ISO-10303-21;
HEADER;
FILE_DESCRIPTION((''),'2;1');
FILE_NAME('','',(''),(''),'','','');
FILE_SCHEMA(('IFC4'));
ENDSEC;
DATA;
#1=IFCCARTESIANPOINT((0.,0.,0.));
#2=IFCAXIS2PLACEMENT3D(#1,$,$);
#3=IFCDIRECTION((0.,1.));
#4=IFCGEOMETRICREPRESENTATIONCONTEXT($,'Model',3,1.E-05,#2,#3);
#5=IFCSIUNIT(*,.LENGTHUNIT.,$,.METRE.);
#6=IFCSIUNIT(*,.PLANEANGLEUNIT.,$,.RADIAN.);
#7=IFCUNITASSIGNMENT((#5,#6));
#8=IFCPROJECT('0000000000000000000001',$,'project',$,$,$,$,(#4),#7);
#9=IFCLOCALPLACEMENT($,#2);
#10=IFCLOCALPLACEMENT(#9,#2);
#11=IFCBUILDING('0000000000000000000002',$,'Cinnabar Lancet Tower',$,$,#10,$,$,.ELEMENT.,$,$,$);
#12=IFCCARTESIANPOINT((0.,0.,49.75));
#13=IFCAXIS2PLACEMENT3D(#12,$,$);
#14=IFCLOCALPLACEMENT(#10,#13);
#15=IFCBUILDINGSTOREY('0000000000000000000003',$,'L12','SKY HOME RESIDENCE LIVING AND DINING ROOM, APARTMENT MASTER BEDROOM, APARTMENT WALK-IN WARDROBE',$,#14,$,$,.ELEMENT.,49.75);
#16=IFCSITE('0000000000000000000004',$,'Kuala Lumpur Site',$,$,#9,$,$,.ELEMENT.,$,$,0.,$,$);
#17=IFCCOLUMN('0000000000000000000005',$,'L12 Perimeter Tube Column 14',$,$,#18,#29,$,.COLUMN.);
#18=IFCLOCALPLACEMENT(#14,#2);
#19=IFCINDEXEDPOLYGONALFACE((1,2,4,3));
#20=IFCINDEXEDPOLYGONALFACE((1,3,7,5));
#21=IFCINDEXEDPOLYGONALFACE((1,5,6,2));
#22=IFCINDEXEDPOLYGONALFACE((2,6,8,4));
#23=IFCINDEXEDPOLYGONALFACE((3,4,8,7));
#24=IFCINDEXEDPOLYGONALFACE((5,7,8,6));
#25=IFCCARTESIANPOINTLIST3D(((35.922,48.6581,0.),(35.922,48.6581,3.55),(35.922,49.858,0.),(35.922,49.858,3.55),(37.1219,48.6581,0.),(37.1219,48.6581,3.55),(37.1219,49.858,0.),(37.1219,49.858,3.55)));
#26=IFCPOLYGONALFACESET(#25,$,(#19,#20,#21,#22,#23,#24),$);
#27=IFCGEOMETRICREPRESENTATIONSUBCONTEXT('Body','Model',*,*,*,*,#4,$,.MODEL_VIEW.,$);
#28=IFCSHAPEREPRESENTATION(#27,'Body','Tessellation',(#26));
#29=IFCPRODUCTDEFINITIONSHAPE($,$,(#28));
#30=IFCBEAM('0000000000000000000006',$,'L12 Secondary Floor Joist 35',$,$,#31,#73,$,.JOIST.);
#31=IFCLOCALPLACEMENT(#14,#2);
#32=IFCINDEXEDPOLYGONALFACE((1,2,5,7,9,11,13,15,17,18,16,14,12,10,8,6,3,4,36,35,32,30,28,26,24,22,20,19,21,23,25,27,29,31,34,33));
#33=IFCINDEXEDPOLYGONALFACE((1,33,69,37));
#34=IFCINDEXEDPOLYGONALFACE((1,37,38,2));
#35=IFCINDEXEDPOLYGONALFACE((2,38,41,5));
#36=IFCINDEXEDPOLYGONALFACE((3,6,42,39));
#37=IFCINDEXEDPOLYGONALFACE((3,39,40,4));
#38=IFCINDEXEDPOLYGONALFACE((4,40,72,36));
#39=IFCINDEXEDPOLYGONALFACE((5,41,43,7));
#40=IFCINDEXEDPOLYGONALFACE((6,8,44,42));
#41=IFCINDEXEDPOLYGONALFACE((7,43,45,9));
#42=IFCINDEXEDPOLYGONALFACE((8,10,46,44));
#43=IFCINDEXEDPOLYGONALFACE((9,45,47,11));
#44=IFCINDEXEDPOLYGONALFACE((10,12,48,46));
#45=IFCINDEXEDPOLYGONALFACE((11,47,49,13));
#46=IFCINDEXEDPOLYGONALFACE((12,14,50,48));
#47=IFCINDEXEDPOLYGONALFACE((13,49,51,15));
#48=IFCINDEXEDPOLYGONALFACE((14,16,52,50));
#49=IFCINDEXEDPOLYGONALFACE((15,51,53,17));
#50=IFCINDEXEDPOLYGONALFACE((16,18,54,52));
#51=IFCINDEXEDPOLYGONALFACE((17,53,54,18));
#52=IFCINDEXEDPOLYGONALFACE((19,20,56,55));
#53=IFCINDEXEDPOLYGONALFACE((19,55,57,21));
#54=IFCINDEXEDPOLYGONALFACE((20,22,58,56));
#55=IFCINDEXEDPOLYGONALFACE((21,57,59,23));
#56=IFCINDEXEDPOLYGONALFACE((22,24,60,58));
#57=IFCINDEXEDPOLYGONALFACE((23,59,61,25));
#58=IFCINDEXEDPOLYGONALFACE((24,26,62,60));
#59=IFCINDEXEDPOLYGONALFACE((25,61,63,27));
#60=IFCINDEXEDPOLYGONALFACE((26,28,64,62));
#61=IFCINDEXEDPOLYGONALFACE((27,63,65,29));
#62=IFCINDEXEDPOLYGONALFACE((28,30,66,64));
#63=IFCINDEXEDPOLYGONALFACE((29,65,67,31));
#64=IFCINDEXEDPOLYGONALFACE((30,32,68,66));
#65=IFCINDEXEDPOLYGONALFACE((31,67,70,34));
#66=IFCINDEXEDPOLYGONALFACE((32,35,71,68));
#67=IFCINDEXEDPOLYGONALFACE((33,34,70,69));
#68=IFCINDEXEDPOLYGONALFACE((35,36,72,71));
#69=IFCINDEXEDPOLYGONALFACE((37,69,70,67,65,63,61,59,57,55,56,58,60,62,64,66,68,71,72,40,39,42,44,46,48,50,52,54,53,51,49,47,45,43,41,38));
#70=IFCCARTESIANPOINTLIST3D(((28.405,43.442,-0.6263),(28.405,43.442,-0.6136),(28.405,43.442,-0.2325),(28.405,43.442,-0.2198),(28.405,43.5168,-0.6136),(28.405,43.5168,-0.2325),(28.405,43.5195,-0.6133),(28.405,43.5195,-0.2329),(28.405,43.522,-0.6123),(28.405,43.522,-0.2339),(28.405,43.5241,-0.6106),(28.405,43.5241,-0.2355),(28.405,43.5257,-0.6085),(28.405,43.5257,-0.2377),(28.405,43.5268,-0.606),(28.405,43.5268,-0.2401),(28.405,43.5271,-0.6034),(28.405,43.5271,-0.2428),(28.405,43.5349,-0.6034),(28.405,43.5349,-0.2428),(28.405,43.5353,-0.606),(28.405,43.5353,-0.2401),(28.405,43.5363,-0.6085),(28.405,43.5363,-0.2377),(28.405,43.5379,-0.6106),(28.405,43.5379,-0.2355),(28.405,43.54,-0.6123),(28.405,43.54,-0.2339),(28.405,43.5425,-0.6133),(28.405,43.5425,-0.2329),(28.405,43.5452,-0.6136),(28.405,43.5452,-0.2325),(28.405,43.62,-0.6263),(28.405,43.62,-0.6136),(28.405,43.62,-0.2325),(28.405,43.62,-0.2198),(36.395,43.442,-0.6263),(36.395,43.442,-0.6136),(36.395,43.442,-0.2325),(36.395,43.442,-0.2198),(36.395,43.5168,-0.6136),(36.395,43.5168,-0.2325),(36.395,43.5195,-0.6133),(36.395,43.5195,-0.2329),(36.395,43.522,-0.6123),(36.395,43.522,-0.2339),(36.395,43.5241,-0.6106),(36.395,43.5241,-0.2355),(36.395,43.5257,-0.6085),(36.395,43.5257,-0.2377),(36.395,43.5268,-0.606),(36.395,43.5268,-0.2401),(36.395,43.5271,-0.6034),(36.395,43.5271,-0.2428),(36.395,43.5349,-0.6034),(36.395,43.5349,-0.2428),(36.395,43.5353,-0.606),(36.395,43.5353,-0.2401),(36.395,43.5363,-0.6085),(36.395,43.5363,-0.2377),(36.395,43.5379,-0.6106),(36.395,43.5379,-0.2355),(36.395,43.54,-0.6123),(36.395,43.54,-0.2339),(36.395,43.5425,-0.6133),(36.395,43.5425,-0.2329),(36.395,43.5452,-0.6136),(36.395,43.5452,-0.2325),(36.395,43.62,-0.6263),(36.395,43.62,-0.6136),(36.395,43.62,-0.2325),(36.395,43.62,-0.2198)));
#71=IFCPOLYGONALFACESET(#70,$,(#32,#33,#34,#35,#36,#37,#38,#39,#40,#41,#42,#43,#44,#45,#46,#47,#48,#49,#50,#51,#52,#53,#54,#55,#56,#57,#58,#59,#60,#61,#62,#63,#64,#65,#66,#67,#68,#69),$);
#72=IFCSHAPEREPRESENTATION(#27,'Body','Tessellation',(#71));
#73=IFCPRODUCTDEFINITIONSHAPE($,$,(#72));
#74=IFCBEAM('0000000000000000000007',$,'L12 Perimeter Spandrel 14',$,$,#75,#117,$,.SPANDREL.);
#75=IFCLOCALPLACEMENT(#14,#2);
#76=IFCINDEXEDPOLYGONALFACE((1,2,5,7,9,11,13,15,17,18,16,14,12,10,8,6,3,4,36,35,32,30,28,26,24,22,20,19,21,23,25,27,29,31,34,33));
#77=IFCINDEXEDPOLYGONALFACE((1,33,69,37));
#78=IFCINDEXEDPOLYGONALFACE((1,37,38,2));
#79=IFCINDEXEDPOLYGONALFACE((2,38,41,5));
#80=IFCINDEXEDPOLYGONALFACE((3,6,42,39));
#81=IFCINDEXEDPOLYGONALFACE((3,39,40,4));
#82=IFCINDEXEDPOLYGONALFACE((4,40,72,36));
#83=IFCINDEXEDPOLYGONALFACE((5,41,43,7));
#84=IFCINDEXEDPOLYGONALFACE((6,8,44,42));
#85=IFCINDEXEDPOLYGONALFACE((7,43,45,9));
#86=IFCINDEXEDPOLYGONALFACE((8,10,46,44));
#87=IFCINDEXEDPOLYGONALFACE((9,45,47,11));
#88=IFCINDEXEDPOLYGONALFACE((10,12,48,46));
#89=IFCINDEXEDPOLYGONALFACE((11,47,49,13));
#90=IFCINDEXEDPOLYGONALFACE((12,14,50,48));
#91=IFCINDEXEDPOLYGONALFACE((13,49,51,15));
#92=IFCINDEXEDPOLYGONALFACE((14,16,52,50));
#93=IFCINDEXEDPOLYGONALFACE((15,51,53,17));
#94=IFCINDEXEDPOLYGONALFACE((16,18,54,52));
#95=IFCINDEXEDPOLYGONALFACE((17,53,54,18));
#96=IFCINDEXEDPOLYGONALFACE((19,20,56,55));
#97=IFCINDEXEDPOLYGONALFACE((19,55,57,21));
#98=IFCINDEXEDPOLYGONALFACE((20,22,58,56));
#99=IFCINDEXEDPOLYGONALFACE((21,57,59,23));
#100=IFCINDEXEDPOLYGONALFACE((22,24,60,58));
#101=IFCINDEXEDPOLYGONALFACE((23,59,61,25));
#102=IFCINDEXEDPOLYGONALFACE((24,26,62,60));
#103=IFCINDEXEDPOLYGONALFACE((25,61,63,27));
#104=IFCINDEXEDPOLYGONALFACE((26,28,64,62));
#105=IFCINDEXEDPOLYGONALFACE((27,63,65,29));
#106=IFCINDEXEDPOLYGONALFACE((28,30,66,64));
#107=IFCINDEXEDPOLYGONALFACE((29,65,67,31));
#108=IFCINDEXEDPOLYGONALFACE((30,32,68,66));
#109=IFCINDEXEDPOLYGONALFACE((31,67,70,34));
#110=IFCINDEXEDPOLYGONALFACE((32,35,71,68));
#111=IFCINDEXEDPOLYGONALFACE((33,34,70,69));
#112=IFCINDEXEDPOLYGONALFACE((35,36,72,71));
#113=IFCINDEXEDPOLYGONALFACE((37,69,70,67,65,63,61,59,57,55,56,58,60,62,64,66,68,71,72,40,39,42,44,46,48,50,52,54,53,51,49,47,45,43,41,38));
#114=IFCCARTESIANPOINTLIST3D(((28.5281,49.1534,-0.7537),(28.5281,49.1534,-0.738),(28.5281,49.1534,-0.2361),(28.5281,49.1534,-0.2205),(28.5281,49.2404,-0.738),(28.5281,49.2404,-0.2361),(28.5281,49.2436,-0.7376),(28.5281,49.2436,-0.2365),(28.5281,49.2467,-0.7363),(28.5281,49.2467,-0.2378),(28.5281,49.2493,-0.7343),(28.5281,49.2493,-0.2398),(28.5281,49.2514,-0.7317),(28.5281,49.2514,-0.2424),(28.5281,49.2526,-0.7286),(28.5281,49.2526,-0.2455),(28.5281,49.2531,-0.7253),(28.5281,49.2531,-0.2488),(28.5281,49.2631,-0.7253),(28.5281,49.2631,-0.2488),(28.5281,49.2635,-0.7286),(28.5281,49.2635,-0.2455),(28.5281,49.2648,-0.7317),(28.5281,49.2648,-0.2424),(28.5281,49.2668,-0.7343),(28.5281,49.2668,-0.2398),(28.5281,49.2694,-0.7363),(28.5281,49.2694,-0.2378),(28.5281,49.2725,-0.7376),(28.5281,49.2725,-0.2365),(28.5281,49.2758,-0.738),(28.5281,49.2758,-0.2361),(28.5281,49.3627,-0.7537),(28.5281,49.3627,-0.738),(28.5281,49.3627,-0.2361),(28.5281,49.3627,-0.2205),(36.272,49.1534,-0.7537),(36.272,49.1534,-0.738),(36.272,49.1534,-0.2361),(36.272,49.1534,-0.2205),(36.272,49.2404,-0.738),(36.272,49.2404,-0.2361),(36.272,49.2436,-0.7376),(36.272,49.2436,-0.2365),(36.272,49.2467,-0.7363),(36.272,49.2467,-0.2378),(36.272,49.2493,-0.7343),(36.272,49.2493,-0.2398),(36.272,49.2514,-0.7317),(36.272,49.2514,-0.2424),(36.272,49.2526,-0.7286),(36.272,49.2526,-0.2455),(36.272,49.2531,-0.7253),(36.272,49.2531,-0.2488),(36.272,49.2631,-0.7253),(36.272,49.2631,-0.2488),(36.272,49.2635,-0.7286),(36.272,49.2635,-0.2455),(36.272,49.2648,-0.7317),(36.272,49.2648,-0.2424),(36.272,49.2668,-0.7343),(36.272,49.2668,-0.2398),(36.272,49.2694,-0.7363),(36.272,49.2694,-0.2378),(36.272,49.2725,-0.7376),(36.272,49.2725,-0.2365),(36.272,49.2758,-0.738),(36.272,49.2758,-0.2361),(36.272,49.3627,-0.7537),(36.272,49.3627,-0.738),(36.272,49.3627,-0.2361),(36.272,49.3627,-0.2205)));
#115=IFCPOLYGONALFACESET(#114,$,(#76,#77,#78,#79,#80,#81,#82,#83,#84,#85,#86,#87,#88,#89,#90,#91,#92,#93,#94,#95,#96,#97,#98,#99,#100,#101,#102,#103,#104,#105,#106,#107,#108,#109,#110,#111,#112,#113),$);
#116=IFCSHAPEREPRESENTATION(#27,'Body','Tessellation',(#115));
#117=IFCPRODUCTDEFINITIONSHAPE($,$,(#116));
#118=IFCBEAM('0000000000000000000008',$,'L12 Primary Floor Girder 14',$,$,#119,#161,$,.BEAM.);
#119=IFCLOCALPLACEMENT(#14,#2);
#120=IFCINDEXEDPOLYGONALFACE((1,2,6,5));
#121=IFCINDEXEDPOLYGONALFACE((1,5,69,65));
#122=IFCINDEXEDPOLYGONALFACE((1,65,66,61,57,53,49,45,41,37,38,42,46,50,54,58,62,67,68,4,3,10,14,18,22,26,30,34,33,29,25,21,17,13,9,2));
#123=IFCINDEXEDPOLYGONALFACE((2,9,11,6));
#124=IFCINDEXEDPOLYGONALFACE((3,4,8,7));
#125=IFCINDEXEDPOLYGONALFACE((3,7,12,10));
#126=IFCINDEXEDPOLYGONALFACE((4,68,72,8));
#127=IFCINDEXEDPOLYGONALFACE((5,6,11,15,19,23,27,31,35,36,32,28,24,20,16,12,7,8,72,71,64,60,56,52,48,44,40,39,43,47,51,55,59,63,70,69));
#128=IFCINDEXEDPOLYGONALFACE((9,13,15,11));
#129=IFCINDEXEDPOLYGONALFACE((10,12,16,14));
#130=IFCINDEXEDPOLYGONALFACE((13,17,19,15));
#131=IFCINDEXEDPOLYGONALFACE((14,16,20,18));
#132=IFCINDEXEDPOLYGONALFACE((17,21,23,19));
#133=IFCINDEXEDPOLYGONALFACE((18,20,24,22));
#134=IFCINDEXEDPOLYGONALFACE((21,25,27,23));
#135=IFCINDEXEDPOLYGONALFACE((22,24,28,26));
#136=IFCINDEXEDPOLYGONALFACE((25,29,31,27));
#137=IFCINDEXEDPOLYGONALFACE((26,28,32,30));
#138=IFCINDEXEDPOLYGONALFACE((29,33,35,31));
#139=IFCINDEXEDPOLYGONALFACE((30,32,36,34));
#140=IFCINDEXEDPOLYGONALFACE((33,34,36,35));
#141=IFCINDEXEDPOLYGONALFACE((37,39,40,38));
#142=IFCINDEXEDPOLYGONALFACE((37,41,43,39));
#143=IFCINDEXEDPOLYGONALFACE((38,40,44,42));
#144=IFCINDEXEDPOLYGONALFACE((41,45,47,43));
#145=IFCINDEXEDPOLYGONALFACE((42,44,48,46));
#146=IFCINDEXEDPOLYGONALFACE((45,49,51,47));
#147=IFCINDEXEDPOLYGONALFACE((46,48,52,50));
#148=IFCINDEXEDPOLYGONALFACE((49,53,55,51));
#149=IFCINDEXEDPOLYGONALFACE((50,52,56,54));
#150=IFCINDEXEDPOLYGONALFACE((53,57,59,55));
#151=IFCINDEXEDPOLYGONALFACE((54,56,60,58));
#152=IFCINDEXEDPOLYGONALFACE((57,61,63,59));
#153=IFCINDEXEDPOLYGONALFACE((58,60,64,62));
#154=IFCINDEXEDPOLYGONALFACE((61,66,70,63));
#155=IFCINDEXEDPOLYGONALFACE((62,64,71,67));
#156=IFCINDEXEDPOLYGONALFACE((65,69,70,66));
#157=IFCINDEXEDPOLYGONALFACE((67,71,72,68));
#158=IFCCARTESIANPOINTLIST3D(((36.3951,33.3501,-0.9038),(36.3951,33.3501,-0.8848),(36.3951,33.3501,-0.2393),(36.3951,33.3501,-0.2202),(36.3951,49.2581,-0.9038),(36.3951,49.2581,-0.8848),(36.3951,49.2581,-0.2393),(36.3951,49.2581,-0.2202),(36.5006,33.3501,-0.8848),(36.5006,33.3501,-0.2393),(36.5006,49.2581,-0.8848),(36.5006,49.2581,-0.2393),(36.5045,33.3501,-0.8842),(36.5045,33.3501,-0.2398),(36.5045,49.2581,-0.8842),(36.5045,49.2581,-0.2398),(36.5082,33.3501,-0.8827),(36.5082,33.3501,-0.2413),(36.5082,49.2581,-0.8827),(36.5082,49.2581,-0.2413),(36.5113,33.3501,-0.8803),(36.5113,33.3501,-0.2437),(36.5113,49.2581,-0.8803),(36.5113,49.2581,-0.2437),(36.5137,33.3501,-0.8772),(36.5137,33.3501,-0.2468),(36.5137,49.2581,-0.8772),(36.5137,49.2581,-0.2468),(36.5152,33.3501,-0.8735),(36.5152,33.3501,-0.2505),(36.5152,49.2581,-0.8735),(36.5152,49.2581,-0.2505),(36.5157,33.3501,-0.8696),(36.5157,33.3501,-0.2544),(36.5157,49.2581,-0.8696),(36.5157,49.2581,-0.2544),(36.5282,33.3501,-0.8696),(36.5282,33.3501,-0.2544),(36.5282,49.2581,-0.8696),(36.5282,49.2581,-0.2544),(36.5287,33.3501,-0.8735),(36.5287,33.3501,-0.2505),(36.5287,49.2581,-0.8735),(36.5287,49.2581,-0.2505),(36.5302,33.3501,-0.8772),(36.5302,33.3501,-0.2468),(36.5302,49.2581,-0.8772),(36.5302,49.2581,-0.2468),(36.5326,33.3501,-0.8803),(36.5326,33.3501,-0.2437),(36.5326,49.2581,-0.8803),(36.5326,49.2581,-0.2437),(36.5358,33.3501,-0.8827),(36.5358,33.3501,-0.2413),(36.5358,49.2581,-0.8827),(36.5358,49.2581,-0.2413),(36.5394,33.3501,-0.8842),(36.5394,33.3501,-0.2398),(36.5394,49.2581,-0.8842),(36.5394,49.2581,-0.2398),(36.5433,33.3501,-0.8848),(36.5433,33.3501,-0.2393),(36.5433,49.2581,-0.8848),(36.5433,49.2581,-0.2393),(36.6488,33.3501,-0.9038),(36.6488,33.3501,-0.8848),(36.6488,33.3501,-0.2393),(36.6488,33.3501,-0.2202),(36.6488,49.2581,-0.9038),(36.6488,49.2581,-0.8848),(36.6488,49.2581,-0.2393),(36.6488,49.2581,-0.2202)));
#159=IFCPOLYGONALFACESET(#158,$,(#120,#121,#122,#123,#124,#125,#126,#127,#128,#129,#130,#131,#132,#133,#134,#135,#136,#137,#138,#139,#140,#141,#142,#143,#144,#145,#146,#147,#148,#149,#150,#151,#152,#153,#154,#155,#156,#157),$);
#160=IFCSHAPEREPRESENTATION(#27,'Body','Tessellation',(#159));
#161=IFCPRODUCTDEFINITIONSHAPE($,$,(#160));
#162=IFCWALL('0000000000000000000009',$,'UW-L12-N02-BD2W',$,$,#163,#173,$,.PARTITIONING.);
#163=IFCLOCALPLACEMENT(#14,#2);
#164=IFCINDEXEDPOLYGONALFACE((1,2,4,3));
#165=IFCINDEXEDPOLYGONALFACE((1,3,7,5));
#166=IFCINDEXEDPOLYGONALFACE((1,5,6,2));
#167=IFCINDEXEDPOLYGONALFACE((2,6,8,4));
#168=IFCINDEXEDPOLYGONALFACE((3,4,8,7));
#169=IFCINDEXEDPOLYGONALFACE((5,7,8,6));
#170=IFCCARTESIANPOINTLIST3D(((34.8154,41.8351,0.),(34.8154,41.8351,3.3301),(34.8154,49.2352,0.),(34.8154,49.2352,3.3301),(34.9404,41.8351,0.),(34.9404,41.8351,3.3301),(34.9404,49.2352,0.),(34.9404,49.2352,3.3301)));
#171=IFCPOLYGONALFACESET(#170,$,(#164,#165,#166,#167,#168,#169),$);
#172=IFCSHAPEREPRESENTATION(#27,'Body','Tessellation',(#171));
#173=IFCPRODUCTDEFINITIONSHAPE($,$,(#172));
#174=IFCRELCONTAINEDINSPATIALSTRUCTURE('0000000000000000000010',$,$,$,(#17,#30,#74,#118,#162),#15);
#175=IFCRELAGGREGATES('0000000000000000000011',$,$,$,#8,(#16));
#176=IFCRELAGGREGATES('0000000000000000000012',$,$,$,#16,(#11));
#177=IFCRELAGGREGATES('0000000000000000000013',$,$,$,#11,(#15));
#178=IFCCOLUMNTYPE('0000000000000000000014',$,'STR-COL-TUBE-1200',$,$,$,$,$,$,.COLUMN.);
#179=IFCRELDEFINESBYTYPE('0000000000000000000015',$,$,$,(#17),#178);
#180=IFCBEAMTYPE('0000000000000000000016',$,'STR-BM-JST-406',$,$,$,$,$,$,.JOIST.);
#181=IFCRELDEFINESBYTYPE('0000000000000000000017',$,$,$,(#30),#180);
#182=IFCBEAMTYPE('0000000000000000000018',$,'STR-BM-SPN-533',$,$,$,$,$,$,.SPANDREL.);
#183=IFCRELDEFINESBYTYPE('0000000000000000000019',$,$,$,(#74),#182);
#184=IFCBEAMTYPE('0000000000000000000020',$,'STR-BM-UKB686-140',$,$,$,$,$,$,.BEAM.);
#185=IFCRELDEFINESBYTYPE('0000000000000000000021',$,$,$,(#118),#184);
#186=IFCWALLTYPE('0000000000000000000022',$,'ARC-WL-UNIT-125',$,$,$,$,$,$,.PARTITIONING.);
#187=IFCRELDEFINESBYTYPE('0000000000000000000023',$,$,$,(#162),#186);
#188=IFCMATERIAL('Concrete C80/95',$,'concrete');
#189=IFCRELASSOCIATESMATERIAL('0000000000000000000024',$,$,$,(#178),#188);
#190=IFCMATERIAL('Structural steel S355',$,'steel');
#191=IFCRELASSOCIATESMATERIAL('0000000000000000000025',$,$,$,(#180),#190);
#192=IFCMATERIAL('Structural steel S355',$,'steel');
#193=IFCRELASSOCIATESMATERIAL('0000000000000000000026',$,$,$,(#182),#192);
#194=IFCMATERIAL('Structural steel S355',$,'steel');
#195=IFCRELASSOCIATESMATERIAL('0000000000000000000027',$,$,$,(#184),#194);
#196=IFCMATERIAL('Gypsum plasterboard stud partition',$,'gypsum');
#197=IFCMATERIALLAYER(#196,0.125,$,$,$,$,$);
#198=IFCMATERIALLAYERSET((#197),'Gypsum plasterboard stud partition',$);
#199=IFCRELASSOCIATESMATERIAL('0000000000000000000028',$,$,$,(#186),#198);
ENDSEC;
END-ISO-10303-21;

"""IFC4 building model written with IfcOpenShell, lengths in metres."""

from ifc_helpers import new_model, si_unit, direction, frame, frame_2d, origin, origin_2d, place, context, subcontext, project, spatial, rectangle, i_section, extrude, material, layer, layer_set, material_profile, profile_set, type_object, element, save


model = new_model("IFC4")

# Units and contexts
model_context = context("Model", 3, precision=1e-05, world=origin(), true_north=direction((0.0, 1.0)))
body_context = subcontext(model_context, "Body", "Model", "MODEL_VIEW")
ifc_project = project(units=[si_unit("LENGTHUNIT", "METRE"), si_unit("PLANEANGLEUNIT", "RADIAN")], contexts=[model_context])

# Site, building, storey
site_placement = place(None, origin())
site = spatial("IfcSite", under=ifc_project, at=site_placement, Name="Kuala Lumpur Site", CompositionType="ELEMENT", RefElevation=0.0)
building_placement = place(site_placement, origin())
building = spatial("IfcBuilding", under=site, at=building_placement, Name="Cinnabar Lancet Tower", CompositionType="ELEMENT")
storey_placement = place(building_placement, frame((0.0, 0.0, 49.75)))
storey = spatial("IfcBuildingStorey", under=building, at=storey_placement, Name="L12", Description="SKY HOME RESIDENCE LIVING AND DINING ROOM, APARTMENT MASTER BEDROOM, APARTMENT WALK-IN WARDROBE", CompositionType="ELEMENT", Elevation=49.75)

# Column
ifc_material_1 = material(Name="Concrete C80/95", Category="concrete")
ifc_material_profile_1 = material_profile(ifc_material_1, rectangle(XDim=1.2, YDim=1.2, at=origin_2d()), Name="RC-COL 1200x1200")
ifc_profile_set_1 = profile_set([ifc_material_profile_1], Name="Concrete C80/95")
column_type = type_object("IfcColumnType", Name="STR-COL-TUBE-1200", PredefinedType="COLUMN", material=ifc_profile_set_1)
column_placement = place(storey_placement, frame((36.522, 49.2581, 0.0), z_axis=(0.0, 0.0, 1.0), x_axis=(1.0, 0.0, 0.0)))
element("IfcColumn", 1, at=column_placement, inside=storey, type_object=column_type, Name="L12 Perimeter Tube Column 14", PredefinedType="COLUMN", context=body_context, shape_type="SweptSolid", body=[
    extrude(rectangle(XDim=1.2, YDim=1.2, at=origin_2d()), origin(), (0.0, 0.0, 1.0), 3.55),
])

# Beams
ifc_material_2 = material(Name="Structural steel S355", Category="steel")
ifc_material_profile_2 = material_profile(ifc_material_2, i_section(OverallWidth=0.178, OverallDepth=0.4065, WebThickness=0.0078, FlangeThickness=0.0127, FilletRadius=0.0103, at=origin_2d()), Name="UKB 406x178x60")
ifc_profile_set_2 = profile_set([ifc_material_profile_2], Name="Structural steel S355")
beam_type_1 = type_object("IfcBeamType", Name="STR-BM-JST-406", PredefinedType="JOIST", material=ifc_profile_set_2)
beam_1_placement = place(storey_placement, frame((36.395, 43.531, -0.4231), z_axis=(-1.0, 0.0, 0.0), x_axis=(0.0, -1.0, 0.0)))
element("IfcBeam", 2, at=beam_1_placement, inside=storey, type_object=beam_type_1, Name="L12 Secondary Floor Joist 35", PredefinedType="JOIST", context=body_context, shape_type="SweptSolid", body=[
    extrude(i_section(OverallWidth=0.178, OverallDepth=0.4065, WebThickness=0.0078, FlangeThickness=0.0127, FilletRadius=0.0103, at=origin_2d()), origin(), (0.0, 0.0, 1.0), 7.99),
])
ifc_material_3 = material(Name="Structural steel S355", Category="steel")
ifc_material_profile_3 = material_profile(ifc_material_3, i_section(OverallWidth=0.2092, OverallDepth=0.5332, WebThickness=0.01, FlangeThickness=0.0156, FilletRadius=0.0127, at=origin_2d()), Name="UKB 533x210x92")
ifc_profile_set_3 = profile_set([ifc_material_profile_3], Name="Structural steel S355")
beam_type_2 = type_object("IfcBeamType", Name="STR-BM-SPN-533", PredefinedType="SPANDREL", material=ifc_profile_set_3)
beam_2_placement = place(storey_placement, frame((36.272, 49.2581, -0.4871), z_axis=(-1.0, 0.0, 0.0), x_axis=(0.0, -1.0, 0.0)))
element("IfcBeam", 3, at=beam_2_placement, inside=storey, type_object=beam_type_2, Name="L12 Perimeter Spandrel 14", PredefinedType="SPANDREL", context=body_context, shape_type="SweptSolid", body=[
    extrude(i_section(OverallWidth=0.2092, OverallDepth=0.5332, WebThickness=0.01, FlangeThickness=0.0156, FilletRadius=0.0127, at=origin_2d()), origin(), (0.0, 0.0, 1.0), 7.7439),
])
ifc_material_4 = material(Name="Structural steel S355", Category="steel")
ifc_material_profile_4 = material_profile(ifc_material_4, i_section(OverallWidth=0.2537, OverallDepth=0.6836, WebThickness=0.0125, FlangeThickness=0.019, FilletRadius=0.0151, at=origin_2d()), Name="UKB 686x254x140")
ifc_profile_set_4 = profile_set([ifc_material_profile_4], Name="Structural steel S355")
beam_type_3 = type_object("IfcBeamType", Name="STR-BM-UKB686-140", PredefinedType="BEAM", material=ifc_profile_set_4)
beam_3_placement = place(storey_placement, frame((36.522, 49.2581, -0.562), z_axis=(0.0, -1.0, 0.0), x_axis=(1.0, 0.0, 0.0)))
element("IfcBeam", 4, at=beam_3_placement, inside=storey, type_object=beam_type_3, Name="L12 Primary Floor Girder 14", PredefinedType="BEAM", context=body_context, shape_type="SweptSolid", body=[
    extrude(i_section(OverallWidth=0.2537, OverallDepth=0.6836, WebThickness=0.0125, FlangeThickness=0.019, FilletRadius=0.0151, at=origin_2d()), origin(), (0.0, 0.0, 1.0), 15.908),
])

# Wall
ifc_material_5 = material(Name="Gypsum plasterboard stud partition", Category="gypsum")
ifc_layer_1 = layer(ifc_material_5, 0.125)
ifc_layer_set_1 = layer_set([ifc_layer_1], Name="Gypsum plasterboard stud partition")
wall_type_1 = type_object("IfcWallType", Name="ARC-WL-UNIT-125", PredefinedType="PARTITIONING", material=ifc_layer_set_1)
wall_1_placement = place(storey_placement, frame((34.8779, 41.835, 0.0), z_axis=(0.0, 0.0, 1.0), x_axis=(0.0, 1.0, 0.0)))
element("IfcWall", 5, at=wall_1_placement, inside=storey, type_object=wall_type_1, Name="UW-L12-N02-BD2W", PredefinedType="PARTITIONING", context=body_context, shape_type="SweptSolid", body=[
    extrude(rectangle(XDim=7.4001, YDim=0.125, at=frame_2d((3.7002, 0.0))), origin(), (0.0, 0.0, 1.0), 3.3301),
])

save(model, "model.ifc")
